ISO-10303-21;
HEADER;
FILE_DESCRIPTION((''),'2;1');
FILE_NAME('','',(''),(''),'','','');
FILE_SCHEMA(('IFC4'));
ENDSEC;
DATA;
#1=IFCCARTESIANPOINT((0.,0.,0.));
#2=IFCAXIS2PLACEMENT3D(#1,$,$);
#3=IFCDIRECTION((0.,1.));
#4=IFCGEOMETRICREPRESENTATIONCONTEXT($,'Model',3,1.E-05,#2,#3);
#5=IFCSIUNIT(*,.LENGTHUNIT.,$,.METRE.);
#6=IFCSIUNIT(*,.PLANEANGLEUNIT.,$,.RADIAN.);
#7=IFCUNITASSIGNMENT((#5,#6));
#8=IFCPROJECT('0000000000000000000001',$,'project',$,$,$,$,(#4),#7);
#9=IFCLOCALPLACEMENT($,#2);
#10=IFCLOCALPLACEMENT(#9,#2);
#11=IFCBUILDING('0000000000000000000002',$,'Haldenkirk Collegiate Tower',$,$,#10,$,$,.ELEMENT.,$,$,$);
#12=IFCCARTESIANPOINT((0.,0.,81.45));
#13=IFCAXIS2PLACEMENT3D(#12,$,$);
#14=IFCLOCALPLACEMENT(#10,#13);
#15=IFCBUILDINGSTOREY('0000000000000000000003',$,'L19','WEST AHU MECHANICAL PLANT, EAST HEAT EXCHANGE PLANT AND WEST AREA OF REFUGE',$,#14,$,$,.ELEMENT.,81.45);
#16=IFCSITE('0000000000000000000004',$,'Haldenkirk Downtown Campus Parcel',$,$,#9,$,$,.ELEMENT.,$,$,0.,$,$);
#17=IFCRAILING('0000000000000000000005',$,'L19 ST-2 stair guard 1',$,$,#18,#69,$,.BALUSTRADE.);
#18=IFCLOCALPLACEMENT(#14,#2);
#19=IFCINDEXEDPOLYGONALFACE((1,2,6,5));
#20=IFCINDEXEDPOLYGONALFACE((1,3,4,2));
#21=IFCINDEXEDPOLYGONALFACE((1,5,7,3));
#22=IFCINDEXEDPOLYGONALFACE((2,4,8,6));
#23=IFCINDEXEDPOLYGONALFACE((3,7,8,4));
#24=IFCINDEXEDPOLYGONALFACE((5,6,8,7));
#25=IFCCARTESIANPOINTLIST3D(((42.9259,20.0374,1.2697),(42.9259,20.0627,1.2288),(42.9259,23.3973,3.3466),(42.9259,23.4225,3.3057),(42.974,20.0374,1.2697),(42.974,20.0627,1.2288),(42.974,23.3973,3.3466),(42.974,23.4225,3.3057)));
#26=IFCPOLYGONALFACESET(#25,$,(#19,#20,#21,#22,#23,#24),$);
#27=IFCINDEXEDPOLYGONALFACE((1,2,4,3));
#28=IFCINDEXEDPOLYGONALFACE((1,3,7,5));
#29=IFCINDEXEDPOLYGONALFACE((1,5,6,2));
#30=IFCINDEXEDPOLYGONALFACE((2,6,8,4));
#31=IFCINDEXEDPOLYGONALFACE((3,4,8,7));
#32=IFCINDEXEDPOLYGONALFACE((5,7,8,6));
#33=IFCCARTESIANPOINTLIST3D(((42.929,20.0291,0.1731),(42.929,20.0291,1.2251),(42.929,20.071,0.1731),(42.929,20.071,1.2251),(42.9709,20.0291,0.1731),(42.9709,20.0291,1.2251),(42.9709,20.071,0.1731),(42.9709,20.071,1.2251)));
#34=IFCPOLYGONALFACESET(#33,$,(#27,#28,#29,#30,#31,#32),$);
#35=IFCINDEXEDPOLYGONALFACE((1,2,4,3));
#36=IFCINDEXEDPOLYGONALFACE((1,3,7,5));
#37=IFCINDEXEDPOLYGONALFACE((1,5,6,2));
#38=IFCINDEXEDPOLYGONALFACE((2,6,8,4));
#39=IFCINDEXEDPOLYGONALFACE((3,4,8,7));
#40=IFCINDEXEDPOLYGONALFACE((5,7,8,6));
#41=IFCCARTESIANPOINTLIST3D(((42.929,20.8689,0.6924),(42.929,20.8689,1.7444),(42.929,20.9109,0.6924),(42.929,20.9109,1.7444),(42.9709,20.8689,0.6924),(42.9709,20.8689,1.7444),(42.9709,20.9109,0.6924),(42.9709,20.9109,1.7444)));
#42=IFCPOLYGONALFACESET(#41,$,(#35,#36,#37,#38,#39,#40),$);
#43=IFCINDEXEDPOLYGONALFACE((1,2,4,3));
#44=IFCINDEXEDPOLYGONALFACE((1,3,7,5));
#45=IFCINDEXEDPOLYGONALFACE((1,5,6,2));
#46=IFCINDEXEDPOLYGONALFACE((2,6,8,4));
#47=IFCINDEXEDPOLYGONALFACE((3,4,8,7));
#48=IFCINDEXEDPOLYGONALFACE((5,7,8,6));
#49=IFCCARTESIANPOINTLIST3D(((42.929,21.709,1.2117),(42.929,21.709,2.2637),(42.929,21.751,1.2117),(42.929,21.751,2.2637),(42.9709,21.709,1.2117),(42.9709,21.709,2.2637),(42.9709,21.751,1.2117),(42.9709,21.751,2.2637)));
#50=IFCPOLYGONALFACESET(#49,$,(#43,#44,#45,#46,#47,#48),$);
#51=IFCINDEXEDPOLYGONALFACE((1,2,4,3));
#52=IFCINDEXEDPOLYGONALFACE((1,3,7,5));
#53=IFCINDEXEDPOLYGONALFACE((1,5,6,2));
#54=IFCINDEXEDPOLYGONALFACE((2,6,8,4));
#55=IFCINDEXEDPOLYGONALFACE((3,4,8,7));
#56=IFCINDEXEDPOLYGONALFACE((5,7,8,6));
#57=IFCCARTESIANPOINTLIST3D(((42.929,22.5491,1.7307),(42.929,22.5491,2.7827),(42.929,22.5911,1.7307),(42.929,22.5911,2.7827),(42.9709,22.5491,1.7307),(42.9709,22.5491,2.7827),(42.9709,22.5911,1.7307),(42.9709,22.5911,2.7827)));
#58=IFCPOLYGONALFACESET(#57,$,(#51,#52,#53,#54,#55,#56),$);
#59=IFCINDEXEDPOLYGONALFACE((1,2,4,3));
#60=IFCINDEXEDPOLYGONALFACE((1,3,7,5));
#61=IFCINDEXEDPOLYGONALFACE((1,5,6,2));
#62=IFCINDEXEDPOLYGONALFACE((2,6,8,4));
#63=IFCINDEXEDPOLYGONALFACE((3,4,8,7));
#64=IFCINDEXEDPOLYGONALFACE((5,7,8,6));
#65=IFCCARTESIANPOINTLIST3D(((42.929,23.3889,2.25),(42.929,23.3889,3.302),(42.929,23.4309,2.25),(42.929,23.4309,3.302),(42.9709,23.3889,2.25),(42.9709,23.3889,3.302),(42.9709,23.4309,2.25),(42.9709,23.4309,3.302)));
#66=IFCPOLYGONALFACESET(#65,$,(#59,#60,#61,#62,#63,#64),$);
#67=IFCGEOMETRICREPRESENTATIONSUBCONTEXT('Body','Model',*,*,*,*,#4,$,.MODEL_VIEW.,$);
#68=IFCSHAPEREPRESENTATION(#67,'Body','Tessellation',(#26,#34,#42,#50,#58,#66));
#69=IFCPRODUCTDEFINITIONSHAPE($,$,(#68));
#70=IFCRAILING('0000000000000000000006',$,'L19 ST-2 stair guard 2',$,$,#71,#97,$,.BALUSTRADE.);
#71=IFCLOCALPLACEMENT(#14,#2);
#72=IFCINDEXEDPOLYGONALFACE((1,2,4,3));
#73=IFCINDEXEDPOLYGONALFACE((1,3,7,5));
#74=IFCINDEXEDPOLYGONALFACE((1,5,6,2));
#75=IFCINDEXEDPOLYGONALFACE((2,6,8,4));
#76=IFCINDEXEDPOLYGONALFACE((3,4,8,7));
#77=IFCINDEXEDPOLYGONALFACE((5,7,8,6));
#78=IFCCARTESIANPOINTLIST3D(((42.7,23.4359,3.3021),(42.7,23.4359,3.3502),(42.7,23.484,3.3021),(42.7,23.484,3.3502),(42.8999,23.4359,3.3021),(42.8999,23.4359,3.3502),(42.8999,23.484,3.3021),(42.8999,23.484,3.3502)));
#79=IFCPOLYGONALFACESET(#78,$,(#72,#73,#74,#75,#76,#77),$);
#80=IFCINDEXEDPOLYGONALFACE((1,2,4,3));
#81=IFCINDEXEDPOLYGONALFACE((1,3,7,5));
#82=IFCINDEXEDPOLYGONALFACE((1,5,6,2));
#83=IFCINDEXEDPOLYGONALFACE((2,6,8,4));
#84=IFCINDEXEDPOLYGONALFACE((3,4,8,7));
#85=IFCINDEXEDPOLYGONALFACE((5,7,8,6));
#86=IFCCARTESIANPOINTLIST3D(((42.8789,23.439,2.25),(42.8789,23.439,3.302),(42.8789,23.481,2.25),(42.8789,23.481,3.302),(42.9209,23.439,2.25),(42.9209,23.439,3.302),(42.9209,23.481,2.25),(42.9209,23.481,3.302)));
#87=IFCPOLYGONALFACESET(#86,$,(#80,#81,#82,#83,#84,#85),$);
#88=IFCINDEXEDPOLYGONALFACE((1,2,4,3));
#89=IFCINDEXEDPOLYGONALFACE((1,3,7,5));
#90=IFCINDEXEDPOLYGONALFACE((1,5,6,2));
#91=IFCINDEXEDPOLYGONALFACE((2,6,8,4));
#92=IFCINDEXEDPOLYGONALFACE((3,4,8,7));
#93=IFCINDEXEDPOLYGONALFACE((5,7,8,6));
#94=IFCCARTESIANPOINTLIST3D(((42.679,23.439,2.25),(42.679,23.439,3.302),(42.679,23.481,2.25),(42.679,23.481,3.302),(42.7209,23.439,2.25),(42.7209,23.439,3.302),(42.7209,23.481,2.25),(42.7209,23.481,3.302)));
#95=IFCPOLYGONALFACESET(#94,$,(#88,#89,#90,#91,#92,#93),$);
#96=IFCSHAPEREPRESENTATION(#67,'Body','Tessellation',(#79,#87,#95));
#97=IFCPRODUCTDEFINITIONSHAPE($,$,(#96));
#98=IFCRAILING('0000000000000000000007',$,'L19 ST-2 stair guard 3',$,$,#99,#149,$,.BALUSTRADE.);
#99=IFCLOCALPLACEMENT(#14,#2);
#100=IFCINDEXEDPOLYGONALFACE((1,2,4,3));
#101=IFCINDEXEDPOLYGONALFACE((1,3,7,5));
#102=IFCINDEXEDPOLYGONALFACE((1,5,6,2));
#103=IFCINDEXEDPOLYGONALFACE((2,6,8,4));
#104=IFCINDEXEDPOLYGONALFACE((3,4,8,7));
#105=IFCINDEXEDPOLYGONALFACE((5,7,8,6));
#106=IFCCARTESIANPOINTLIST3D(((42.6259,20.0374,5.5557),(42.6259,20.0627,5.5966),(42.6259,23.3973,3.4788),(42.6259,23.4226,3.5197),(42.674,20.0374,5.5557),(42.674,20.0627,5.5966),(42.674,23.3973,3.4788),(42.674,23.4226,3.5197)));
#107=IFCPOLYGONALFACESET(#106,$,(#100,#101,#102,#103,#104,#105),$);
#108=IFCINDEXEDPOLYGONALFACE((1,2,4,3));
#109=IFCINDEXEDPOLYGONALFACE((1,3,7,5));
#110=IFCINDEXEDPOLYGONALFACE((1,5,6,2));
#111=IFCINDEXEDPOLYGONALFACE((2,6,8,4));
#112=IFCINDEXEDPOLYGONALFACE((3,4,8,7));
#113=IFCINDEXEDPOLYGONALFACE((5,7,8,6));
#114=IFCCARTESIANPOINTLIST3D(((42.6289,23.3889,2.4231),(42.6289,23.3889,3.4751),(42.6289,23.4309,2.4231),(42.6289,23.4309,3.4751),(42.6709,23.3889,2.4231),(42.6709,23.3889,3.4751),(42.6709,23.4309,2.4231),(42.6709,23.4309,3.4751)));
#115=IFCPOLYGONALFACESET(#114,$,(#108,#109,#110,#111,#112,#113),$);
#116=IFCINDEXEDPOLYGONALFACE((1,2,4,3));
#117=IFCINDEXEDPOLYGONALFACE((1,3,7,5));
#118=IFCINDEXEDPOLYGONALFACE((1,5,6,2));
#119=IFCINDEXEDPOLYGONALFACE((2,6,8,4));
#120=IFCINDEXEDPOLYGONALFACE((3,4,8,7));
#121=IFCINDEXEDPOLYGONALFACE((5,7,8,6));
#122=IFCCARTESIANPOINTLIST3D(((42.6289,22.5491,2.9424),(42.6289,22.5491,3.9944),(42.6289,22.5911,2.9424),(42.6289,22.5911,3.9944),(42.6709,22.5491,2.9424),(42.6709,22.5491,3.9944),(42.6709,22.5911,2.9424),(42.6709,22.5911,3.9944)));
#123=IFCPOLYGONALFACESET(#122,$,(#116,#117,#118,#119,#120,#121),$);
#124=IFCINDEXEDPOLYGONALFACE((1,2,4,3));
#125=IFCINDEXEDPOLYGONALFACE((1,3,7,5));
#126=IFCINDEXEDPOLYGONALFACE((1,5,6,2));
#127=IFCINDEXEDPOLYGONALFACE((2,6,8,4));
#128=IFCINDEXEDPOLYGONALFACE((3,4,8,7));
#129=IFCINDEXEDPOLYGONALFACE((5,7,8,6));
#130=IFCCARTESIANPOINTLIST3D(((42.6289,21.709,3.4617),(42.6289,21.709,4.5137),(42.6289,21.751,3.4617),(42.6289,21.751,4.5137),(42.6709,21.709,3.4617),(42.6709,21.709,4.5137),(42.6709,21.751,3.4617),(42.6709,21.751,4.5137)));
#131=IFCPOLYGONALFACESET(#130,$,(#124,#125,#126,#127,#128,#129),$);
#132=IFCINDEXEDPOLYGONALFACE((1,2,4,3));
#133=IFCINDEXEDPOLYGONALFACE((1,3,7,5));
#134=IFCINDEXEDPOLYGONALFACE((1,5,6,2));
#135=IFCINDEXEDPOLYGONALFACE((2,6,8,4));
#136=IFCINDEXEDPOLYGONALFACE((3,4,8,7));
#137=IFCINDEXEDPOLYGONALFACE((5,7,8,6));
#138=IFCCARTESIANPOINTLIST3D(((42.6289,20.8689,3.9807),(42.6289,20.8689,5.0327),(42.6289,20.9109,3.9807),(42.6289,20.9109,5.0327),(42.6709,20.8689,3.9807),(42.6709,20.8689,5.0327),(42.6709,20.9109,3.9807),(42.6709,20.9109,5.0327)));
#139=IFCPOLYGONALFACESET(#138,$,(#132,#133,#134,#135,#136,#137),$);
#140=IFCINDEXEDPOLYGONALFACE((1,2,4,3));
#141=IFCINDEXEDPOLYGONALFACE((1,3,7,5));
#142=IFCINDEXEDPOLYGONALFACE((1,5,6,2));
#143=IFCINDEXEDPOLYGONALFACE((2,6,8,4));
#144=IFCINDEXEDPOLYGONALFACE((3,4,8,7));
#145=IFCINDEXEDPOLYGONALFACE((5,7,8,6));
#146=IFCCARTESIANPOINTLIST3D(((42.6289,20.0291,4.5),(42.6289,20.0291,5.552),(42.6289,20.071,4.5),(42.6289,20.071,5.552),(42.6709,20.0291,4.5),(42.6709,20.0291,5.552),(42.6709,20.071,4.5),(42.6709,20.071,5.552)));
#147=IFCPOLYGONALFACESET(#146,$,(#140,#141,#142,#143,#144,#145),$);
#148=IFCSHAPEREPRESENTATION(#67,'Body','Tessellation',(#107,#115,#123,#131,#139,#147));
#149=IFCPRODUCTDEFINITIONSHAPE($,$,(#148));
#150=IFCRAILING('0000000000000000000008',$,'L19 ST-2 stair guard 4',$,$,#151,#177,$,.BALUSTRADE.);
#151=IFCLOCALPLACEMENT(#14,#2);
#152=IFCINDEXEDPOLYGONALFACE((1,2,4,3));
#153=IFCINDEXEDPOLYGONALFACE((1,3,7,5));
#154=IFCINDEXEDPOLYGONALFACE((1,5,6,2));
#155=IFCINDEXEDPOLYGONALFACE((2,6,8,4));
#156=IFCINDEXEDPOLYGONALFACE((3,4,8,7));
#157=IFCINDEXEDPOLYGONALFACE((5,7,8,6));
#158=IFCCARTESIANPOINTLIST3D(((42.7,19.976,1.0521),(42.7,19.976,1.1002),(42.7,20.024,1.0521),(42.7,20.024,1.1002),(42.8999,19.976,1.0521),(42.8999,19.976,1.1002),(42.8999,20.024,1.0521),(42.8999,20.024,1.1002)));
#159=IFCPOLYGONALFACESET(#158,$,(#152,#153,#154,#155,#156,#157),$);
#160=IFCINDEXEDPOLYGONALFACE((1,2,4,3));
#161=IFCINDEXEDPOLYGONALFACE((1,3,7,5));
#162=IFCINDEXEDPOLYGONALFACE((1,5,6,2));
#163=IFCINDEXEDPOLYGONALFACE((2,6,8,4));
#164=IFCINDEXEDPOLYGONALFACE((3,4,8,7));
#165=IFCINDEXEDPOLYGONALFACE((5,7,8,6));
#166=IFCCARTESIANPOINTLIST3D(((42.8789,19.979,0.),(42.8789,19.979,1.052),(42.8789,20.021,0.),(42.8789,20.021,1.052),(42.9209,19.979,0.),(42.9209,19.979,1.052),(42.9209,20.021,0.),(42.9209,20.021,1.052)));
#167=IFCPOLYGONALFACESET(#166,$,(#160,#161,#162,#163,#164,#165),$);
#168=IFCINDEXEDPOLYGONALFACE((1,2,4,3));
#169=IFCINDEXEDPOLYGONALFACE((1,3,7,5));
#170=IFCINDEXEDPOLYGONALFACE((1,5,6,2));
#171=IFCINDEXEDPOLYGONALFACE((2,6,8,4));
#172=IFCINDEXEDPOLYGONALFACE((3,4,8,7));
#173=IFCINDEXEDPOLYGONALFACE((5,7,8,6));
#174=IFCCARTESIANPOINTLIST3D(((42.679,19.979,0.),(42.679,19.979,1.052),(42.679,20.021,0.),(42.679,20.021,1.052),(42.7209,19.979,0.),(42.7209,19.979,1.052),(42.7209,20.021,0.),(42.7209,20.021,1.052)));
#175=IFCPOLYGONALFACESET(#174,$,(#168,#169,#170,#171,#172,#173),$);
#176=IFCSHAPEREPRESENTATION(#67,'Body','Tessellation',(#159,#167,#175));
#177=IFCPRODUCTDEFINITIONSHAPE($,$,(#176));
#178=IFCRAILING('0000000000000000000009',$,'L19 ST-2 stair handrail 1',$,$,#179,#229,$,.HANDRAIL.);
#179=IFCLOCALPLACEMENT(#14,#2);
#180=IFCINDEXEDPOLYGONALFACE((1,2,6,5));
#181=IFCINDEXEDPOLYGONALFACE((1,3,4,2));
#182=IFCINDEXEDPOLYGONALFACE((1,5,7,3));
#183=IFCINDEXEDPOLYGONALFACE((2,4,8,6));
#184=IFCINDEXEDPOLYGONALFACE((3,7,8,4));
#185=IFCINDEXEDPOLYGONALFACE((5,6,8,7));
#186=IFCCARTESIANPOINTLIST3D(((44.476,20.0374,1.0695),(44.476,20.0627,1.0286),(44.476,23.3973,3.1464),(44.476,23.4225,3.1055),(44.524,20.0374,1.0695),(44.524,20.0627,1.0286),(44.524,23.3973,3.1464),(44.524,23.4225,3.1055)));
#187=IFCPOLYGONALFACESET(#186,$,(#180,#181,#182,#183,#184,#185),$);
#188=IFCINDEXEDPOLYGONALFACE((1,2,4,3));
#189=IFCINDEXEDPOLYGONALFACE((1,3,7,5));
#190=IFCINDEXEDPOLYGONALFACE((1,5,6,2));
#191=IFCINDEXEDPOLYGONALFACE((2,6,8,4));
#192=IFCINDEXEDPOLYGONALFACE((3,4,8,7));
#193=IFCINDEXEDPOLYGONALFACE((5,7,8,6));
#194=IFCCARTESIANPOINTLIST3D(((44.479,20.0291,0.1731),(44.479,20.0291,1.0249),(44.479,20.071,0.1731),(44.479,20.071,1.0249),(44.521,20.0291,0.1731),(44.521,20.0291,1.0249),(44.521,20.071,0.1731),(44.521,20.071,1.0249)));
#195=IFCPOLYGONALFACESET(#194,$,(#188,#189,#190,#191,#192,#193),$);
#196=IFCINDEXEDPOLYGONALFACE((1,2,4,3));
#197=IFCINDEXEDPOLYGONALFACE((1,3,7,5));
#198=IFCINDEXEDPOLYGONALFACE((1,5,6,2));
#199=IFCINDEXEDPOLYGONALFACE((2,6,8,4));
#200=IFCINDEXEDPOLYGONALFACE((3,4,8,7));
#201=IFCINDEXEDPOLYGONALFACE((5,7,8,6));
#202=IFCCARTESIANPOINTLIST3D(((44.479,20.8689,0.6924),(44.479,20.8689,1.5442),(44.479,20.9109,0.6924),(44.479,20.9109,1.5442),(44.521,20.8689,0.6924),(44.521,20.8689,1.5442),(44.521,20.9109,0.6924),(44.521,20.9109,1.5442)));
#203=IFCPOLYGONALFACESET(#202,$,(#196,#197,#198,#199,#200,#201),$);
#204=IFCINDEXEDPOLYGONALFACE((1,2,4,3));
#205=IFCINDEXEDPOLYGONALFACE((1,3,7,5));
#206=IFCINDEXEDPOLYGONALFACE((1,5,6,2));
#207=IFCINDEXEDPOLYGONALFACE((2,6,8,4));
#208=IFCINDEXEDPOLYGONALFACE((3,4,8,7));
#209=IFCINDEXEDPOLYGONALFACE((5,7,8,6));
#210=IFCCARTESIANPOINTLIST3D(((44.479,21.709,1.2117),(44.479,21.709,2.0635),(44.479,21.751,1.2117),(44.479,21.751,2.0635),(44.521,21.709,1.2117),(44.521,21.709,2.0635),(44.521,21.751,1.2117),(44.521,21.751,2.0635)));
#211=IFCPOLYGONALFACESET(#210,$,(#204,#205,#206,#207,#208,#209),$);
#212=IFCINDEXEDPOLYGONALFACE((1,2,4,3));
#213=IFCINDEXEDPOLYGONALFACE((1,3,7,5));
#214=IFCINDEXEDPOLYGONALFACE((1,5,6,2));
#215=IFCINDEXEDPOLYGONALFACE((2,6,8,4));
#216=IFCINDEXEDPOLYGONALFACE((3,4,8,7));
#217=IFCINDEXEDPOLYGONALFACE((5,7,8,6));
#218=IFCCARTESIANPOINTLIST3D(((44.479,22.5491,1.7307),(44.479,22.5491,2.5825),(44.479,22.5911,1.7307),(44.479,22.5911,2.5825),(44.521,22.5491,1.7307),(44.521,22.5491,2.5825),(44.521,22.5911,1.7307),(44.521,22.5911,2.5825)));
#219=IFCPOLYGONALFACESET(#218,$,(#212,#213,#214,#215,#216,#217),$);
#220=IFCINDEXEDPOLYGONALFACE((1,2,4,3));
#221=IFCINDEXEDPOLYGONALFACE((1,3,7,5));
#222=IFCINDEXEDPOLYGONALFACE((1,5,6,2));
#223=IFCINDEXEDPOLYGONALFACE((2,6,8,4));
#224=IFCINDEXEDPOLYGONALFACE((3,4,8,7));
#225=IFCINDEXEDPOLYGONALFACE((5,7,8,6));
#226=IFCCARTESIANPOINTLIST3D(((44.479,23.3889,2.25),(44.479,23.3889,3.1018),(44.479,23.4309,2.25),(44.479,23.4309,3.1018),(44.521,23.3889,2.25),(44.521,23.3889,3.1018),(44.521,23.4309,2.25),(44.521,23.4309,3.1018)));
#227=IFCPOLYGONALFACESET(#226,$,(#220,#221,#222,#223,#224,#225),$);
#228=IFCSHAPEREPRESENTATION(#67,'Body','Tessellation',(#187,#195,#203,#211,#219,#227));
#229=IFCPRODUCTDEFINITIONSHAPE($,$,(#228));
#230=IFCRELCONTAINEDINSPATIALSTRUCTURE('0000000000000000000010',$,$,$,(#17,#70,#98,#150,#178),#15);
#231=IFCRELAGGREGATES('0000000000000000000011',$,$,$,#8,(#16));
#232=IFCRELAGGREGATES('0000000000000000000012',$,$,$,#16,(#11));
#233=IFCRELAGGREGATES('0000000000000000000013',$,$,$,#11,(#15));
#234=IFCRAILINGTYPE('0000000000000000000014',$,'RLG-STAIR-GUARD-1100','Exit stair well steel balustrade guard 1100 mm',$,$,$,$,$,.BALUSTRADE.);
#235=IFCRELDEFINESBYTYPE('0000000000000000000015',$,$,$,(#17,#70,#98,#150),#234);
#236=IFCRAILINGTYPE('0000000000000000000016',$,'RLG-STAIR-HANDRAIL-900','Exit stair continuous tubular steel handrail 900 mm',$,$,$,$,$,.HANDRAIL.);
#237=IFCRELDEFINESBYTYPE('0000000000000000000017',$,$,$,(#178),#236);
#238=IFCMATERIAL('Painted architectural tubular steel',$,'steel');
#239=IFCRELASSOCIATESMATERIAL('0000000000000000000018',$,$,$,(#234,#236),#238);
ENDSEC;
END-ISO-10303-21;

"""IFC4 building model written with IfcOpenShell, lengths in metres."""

from ifc_helpers import new_model, si_unit, direction, frame, origin, origin_2d, place, context, subcontext, project, spatial, rectangle, extrude, material, type_object, element, save


model = new_model("IFC4")

# Units and contexts
model_context = context("Model", 3, precision=1e-05, world=origin(), true_north=direction((0.0, 1.0)))
body_context = subcontext(model_context, "Body", "Model", "MODEL_VIEW")
ifc_project = project(units=[si_unit("LENGTHUNIT", "METRE"), si_unit("PLANEANGLEUNIT", "RADIAN")], contexts=[model_context])

# Site, building, storey
site_placement = place(None, origin())
site = spatial("IfcSite", under=ifc_project, at=site_placement, Name="Haldenkirk Downtown Campus Parcel", CompositionType="ELEMENT", RefElevation=0.0)
building_placement = place(site_placement, origin())
building = spatial("IfcBuilding", under=site, at=building_placement, Name="Haldenkirk Collegiate Tower", CompositionType="ELEMENT")
storey_placement = place(building_placement, frame((0.0, 0.0, 81.45)))
storey = spatial("IfcBuildingStorey", under=building, at=storey_placement, Name="L19", Description="WEST AHU MECHANICAL PLANT, EAST HEAT EXCHANGE PLANT AND WEST AREA OF REFUGE", CompositionType="ELEMENT", Elevation=81.45)

# Railings
ifc_material_1 = material(Name="Painted architectural tubular steel", Category="steel")
railing_type_1 = type_object("IfcRailingType", Name="RLG-STAIR-GUARD-1100", Description="Exit stair well steel balustrade guard 1100 mm", PredefinedType="BALUSTRADE", material=ifc_material_1)
railing_1_placement = place(storey_placement, frame((42.95, 20.05, 0.1731)))
element("IfcRailing", 1, at=railing_1_placement, inside=storey, type_object=railing_type_1, Name="L19 ST-2 stair guard 1", PredefinedType="BALUSTRADE", context=body_context, shape_type="SweptSolid", body=[
    extrude(rectangle(XDim=0.0481, YDim=0.0481, at=origin_2d()), frame((0.0, 0.0, 1.0762), z_axis=(0.0, 0.850606, 0.525803), x_axis=(-1.0, 0.0, 0.0)), (0.0, 0.0, 1.0), 3.95),
    extrude(rectangle(XDim=0.042, YDim=0.042, at=origin_2d()), origin(), (0.0, 0.0, 1.0), 1.052),
    extrude(rectangle(XDim=0.042, YDim=0.042, at=origin_2d()), frame((0.0, 0.8398, 0.5193)), (0.0, 0.0, 1.0), 1.052),
    extrude(rectangle(XDim=0.042, YDim=0.042, at=origin_2d()), frame((0.0, 1.6799, 1.0386)), (0.0, 0.0, 1.0), 1.052),
    extrude(rectangle(XDim=0.042, YDim=0.042, at=origin_2d()), frame((0.0, 2.52, 1.5576)), (0.0, 0.0, 1.0), 1.052),
    extrude(rectangle(XDim=0.042, YDim=0.042, at=origin_2d()), frame((0.0, 3.3599, 2.0769)), (0.0, 0.0, 1.0), 1.052),
])
railing_2_placement = place(storey_placement, frame((42.8999, 23.46, 2.25)))
element("IfcRailing", 2, at=railing_2_placement, inside=storey, type_object=railing_type_1, Name="L19 ST-2 stair guard 2", PredefinedType="BALUSTRADE", context=body_context, shape_type="SweptSolid", body=[
    extrude(rectangle(XDim=0.0481, YDim=0.0481, at=origin_2d()), frame((0.0, 0.0, 1.0762), z_axis=(-1.0, 0.0, 0.0), x_axis=(0.0, -1.0, 0.0)), (0.0, 0.0, 1.0), 0.2),
    extrude(rectangle(XDim=0.042, YDim=0.042, at=origin_2d()), origin(), (0.0, 0.0, 1.0), 1.052),
    extrude(rectangle(XDim=0.042, YDim=0.042, at=origin_2d()), frame((-0.2, 0.0, 0.0)), (0.0, 0.0, 1.0), 1.052),
])
railing_3_placement = place(storey_placement, frame((42.6499, 23.4099, 2.4231)))
element("IfcRailing", 3, at=railing_3_placement, inside=storey, type_object=railing_type_1, Name="L19 ST-2 stair guard 3", PredefinedType="BALUSTRADE", context=body_context, shape_type="SweptSolid", body=[
    extrude(rectangle(XDim=0.0481, YDim=0.0481, at=origin_2d()), frame((0.0, 0.0, 1.0762), z_axis=(0.0, -0.850606, 0.525803), x_axis=(1.0, 0.0, 0.0)), (0.0, 0.0, 1.0), 3.95),
    extrude(rectangle(XDim=0.042, YDim=0.042, at=origin_2d()), origin(), (0.0, 0.0, 1.0), 1.052),
    extrude(rectangle(XDim=0.042, YDim=0.042, at=origin_2d()), frame((0.0, -0.8398, 0.5193)), (0.0, 0.0, 1.0), 1.052),
    extrude(rectangle(XDim=0.042, YDim=0.042, at=origin_2d()), frame((0.0, -1.6799, 1.0386)), (0.0, 0.0, 1.0), 1.052),
    extrude(rectangle(XDim=0.042, YDim=0.042, at=origin_2d()), frame((0.0, -2.52, 1.5576)), (0.0, 0.0, 1.0), 1.052),
    extrude(rectangle(XDim=0.042, YDim=0.042, at=origin_2d()), frame((0.0, -3.3599, 2.0769)), (0.0, 0.0, 1.0), 1.052),
])
railing_4_placement = place(storey_placement, frame((42.8999, 20.0, 0.0)))
element("IfcRailing", 4, at=railing_4_placement, inside=storey, type_object=railing_type_1, Name="L19 ST-2 stair guard 4", PredefinedType="BALUSTRADE", context=body_context, shape_type="SweptSolid", body=[
    extrude(rectangle(XDim=0.0481, YDim=0.0481, at=origin_2d()), frame((0.0, 0.0, 1.0762), z_axis=(-1.0, 0.0, 0.0), x_axis=(0.0, -1.0, 0.0)), (0.0, 0.0, 1.0), 0.2),
    extrude(rectangle(XDim=0.042, YDim=0.042, at=origin_2d()), origin(), (0.0, 0.0, 1.0), 1.052),
    extrude(rectangle(XDim=0.042, YDim=0.042, at=origin_2d()), frame((-0.2, 0.0, 0.0)), (0.0, 0.0, 1.0), 1.052),
])
railing_type_2 = type_object("IfcRailingType", Name="RLG-STAIR-HANDRAIL-900", Description="Exit stair continuous tubular steel handrail 900 mm", PredefinedType="HANDRAIL", material=ifc_material_1)
railing_5_placement = place(storey_placement, frame((44.5, 20.05, 0.1731)))
element("IfcRailing", 5, at=railing_5_placement, inside=storey, type_object=railing_type_2, Name="L19 ST-2 stair handrail 1", PredefinedType="HANDRAIL", context=body_context, shape_type="SweptSolid", body=[
    extrude(rectangle(XDim=0.0481, YDim=0.0481, at=origin_2d()), frame((0.0, 0.0, 0.876), z_axis=(0.0, 0.850606, 0.525803), x_axis=(-1.0, 0.0, 0.0)), (0.0, 0.0, 1.0), 3.95),
    extrude(rectangle(XDim=0.042, YDim=0.042, at=origin_2d()), origin(), (0.0, 0.0, 1.0), 0.8518),
    extrude(rectangle(XDim=0.042, YDim=0.042, at=origin_2d()), frame((0.0, 0.8398, 0.5193)), (0.0, 0.0, 1.0), 0.8518),
    extrude(rectangle(XDim=0.042, YDim=0.042, at=origin_2d()), frame((0.0, 1.6799, 1.0386)), (0.0, 0.0, 1.0), 0.8518),
    extrude(rectangle(XDim=0.042, YDim=0.042, at=origin_2d()), frame((0.0, 2.52, 1.5576)), (0.0, 0.0, 1.0), 0.8518),
    extrude(rectangle(XDim=0.042, YDim=0.042, at=origin_2d()), frame((0.0, 3.3599, 2.0769)), (0.0, 0.0, 1.0), 0.8518),
])

save(model, "model.ifc")
